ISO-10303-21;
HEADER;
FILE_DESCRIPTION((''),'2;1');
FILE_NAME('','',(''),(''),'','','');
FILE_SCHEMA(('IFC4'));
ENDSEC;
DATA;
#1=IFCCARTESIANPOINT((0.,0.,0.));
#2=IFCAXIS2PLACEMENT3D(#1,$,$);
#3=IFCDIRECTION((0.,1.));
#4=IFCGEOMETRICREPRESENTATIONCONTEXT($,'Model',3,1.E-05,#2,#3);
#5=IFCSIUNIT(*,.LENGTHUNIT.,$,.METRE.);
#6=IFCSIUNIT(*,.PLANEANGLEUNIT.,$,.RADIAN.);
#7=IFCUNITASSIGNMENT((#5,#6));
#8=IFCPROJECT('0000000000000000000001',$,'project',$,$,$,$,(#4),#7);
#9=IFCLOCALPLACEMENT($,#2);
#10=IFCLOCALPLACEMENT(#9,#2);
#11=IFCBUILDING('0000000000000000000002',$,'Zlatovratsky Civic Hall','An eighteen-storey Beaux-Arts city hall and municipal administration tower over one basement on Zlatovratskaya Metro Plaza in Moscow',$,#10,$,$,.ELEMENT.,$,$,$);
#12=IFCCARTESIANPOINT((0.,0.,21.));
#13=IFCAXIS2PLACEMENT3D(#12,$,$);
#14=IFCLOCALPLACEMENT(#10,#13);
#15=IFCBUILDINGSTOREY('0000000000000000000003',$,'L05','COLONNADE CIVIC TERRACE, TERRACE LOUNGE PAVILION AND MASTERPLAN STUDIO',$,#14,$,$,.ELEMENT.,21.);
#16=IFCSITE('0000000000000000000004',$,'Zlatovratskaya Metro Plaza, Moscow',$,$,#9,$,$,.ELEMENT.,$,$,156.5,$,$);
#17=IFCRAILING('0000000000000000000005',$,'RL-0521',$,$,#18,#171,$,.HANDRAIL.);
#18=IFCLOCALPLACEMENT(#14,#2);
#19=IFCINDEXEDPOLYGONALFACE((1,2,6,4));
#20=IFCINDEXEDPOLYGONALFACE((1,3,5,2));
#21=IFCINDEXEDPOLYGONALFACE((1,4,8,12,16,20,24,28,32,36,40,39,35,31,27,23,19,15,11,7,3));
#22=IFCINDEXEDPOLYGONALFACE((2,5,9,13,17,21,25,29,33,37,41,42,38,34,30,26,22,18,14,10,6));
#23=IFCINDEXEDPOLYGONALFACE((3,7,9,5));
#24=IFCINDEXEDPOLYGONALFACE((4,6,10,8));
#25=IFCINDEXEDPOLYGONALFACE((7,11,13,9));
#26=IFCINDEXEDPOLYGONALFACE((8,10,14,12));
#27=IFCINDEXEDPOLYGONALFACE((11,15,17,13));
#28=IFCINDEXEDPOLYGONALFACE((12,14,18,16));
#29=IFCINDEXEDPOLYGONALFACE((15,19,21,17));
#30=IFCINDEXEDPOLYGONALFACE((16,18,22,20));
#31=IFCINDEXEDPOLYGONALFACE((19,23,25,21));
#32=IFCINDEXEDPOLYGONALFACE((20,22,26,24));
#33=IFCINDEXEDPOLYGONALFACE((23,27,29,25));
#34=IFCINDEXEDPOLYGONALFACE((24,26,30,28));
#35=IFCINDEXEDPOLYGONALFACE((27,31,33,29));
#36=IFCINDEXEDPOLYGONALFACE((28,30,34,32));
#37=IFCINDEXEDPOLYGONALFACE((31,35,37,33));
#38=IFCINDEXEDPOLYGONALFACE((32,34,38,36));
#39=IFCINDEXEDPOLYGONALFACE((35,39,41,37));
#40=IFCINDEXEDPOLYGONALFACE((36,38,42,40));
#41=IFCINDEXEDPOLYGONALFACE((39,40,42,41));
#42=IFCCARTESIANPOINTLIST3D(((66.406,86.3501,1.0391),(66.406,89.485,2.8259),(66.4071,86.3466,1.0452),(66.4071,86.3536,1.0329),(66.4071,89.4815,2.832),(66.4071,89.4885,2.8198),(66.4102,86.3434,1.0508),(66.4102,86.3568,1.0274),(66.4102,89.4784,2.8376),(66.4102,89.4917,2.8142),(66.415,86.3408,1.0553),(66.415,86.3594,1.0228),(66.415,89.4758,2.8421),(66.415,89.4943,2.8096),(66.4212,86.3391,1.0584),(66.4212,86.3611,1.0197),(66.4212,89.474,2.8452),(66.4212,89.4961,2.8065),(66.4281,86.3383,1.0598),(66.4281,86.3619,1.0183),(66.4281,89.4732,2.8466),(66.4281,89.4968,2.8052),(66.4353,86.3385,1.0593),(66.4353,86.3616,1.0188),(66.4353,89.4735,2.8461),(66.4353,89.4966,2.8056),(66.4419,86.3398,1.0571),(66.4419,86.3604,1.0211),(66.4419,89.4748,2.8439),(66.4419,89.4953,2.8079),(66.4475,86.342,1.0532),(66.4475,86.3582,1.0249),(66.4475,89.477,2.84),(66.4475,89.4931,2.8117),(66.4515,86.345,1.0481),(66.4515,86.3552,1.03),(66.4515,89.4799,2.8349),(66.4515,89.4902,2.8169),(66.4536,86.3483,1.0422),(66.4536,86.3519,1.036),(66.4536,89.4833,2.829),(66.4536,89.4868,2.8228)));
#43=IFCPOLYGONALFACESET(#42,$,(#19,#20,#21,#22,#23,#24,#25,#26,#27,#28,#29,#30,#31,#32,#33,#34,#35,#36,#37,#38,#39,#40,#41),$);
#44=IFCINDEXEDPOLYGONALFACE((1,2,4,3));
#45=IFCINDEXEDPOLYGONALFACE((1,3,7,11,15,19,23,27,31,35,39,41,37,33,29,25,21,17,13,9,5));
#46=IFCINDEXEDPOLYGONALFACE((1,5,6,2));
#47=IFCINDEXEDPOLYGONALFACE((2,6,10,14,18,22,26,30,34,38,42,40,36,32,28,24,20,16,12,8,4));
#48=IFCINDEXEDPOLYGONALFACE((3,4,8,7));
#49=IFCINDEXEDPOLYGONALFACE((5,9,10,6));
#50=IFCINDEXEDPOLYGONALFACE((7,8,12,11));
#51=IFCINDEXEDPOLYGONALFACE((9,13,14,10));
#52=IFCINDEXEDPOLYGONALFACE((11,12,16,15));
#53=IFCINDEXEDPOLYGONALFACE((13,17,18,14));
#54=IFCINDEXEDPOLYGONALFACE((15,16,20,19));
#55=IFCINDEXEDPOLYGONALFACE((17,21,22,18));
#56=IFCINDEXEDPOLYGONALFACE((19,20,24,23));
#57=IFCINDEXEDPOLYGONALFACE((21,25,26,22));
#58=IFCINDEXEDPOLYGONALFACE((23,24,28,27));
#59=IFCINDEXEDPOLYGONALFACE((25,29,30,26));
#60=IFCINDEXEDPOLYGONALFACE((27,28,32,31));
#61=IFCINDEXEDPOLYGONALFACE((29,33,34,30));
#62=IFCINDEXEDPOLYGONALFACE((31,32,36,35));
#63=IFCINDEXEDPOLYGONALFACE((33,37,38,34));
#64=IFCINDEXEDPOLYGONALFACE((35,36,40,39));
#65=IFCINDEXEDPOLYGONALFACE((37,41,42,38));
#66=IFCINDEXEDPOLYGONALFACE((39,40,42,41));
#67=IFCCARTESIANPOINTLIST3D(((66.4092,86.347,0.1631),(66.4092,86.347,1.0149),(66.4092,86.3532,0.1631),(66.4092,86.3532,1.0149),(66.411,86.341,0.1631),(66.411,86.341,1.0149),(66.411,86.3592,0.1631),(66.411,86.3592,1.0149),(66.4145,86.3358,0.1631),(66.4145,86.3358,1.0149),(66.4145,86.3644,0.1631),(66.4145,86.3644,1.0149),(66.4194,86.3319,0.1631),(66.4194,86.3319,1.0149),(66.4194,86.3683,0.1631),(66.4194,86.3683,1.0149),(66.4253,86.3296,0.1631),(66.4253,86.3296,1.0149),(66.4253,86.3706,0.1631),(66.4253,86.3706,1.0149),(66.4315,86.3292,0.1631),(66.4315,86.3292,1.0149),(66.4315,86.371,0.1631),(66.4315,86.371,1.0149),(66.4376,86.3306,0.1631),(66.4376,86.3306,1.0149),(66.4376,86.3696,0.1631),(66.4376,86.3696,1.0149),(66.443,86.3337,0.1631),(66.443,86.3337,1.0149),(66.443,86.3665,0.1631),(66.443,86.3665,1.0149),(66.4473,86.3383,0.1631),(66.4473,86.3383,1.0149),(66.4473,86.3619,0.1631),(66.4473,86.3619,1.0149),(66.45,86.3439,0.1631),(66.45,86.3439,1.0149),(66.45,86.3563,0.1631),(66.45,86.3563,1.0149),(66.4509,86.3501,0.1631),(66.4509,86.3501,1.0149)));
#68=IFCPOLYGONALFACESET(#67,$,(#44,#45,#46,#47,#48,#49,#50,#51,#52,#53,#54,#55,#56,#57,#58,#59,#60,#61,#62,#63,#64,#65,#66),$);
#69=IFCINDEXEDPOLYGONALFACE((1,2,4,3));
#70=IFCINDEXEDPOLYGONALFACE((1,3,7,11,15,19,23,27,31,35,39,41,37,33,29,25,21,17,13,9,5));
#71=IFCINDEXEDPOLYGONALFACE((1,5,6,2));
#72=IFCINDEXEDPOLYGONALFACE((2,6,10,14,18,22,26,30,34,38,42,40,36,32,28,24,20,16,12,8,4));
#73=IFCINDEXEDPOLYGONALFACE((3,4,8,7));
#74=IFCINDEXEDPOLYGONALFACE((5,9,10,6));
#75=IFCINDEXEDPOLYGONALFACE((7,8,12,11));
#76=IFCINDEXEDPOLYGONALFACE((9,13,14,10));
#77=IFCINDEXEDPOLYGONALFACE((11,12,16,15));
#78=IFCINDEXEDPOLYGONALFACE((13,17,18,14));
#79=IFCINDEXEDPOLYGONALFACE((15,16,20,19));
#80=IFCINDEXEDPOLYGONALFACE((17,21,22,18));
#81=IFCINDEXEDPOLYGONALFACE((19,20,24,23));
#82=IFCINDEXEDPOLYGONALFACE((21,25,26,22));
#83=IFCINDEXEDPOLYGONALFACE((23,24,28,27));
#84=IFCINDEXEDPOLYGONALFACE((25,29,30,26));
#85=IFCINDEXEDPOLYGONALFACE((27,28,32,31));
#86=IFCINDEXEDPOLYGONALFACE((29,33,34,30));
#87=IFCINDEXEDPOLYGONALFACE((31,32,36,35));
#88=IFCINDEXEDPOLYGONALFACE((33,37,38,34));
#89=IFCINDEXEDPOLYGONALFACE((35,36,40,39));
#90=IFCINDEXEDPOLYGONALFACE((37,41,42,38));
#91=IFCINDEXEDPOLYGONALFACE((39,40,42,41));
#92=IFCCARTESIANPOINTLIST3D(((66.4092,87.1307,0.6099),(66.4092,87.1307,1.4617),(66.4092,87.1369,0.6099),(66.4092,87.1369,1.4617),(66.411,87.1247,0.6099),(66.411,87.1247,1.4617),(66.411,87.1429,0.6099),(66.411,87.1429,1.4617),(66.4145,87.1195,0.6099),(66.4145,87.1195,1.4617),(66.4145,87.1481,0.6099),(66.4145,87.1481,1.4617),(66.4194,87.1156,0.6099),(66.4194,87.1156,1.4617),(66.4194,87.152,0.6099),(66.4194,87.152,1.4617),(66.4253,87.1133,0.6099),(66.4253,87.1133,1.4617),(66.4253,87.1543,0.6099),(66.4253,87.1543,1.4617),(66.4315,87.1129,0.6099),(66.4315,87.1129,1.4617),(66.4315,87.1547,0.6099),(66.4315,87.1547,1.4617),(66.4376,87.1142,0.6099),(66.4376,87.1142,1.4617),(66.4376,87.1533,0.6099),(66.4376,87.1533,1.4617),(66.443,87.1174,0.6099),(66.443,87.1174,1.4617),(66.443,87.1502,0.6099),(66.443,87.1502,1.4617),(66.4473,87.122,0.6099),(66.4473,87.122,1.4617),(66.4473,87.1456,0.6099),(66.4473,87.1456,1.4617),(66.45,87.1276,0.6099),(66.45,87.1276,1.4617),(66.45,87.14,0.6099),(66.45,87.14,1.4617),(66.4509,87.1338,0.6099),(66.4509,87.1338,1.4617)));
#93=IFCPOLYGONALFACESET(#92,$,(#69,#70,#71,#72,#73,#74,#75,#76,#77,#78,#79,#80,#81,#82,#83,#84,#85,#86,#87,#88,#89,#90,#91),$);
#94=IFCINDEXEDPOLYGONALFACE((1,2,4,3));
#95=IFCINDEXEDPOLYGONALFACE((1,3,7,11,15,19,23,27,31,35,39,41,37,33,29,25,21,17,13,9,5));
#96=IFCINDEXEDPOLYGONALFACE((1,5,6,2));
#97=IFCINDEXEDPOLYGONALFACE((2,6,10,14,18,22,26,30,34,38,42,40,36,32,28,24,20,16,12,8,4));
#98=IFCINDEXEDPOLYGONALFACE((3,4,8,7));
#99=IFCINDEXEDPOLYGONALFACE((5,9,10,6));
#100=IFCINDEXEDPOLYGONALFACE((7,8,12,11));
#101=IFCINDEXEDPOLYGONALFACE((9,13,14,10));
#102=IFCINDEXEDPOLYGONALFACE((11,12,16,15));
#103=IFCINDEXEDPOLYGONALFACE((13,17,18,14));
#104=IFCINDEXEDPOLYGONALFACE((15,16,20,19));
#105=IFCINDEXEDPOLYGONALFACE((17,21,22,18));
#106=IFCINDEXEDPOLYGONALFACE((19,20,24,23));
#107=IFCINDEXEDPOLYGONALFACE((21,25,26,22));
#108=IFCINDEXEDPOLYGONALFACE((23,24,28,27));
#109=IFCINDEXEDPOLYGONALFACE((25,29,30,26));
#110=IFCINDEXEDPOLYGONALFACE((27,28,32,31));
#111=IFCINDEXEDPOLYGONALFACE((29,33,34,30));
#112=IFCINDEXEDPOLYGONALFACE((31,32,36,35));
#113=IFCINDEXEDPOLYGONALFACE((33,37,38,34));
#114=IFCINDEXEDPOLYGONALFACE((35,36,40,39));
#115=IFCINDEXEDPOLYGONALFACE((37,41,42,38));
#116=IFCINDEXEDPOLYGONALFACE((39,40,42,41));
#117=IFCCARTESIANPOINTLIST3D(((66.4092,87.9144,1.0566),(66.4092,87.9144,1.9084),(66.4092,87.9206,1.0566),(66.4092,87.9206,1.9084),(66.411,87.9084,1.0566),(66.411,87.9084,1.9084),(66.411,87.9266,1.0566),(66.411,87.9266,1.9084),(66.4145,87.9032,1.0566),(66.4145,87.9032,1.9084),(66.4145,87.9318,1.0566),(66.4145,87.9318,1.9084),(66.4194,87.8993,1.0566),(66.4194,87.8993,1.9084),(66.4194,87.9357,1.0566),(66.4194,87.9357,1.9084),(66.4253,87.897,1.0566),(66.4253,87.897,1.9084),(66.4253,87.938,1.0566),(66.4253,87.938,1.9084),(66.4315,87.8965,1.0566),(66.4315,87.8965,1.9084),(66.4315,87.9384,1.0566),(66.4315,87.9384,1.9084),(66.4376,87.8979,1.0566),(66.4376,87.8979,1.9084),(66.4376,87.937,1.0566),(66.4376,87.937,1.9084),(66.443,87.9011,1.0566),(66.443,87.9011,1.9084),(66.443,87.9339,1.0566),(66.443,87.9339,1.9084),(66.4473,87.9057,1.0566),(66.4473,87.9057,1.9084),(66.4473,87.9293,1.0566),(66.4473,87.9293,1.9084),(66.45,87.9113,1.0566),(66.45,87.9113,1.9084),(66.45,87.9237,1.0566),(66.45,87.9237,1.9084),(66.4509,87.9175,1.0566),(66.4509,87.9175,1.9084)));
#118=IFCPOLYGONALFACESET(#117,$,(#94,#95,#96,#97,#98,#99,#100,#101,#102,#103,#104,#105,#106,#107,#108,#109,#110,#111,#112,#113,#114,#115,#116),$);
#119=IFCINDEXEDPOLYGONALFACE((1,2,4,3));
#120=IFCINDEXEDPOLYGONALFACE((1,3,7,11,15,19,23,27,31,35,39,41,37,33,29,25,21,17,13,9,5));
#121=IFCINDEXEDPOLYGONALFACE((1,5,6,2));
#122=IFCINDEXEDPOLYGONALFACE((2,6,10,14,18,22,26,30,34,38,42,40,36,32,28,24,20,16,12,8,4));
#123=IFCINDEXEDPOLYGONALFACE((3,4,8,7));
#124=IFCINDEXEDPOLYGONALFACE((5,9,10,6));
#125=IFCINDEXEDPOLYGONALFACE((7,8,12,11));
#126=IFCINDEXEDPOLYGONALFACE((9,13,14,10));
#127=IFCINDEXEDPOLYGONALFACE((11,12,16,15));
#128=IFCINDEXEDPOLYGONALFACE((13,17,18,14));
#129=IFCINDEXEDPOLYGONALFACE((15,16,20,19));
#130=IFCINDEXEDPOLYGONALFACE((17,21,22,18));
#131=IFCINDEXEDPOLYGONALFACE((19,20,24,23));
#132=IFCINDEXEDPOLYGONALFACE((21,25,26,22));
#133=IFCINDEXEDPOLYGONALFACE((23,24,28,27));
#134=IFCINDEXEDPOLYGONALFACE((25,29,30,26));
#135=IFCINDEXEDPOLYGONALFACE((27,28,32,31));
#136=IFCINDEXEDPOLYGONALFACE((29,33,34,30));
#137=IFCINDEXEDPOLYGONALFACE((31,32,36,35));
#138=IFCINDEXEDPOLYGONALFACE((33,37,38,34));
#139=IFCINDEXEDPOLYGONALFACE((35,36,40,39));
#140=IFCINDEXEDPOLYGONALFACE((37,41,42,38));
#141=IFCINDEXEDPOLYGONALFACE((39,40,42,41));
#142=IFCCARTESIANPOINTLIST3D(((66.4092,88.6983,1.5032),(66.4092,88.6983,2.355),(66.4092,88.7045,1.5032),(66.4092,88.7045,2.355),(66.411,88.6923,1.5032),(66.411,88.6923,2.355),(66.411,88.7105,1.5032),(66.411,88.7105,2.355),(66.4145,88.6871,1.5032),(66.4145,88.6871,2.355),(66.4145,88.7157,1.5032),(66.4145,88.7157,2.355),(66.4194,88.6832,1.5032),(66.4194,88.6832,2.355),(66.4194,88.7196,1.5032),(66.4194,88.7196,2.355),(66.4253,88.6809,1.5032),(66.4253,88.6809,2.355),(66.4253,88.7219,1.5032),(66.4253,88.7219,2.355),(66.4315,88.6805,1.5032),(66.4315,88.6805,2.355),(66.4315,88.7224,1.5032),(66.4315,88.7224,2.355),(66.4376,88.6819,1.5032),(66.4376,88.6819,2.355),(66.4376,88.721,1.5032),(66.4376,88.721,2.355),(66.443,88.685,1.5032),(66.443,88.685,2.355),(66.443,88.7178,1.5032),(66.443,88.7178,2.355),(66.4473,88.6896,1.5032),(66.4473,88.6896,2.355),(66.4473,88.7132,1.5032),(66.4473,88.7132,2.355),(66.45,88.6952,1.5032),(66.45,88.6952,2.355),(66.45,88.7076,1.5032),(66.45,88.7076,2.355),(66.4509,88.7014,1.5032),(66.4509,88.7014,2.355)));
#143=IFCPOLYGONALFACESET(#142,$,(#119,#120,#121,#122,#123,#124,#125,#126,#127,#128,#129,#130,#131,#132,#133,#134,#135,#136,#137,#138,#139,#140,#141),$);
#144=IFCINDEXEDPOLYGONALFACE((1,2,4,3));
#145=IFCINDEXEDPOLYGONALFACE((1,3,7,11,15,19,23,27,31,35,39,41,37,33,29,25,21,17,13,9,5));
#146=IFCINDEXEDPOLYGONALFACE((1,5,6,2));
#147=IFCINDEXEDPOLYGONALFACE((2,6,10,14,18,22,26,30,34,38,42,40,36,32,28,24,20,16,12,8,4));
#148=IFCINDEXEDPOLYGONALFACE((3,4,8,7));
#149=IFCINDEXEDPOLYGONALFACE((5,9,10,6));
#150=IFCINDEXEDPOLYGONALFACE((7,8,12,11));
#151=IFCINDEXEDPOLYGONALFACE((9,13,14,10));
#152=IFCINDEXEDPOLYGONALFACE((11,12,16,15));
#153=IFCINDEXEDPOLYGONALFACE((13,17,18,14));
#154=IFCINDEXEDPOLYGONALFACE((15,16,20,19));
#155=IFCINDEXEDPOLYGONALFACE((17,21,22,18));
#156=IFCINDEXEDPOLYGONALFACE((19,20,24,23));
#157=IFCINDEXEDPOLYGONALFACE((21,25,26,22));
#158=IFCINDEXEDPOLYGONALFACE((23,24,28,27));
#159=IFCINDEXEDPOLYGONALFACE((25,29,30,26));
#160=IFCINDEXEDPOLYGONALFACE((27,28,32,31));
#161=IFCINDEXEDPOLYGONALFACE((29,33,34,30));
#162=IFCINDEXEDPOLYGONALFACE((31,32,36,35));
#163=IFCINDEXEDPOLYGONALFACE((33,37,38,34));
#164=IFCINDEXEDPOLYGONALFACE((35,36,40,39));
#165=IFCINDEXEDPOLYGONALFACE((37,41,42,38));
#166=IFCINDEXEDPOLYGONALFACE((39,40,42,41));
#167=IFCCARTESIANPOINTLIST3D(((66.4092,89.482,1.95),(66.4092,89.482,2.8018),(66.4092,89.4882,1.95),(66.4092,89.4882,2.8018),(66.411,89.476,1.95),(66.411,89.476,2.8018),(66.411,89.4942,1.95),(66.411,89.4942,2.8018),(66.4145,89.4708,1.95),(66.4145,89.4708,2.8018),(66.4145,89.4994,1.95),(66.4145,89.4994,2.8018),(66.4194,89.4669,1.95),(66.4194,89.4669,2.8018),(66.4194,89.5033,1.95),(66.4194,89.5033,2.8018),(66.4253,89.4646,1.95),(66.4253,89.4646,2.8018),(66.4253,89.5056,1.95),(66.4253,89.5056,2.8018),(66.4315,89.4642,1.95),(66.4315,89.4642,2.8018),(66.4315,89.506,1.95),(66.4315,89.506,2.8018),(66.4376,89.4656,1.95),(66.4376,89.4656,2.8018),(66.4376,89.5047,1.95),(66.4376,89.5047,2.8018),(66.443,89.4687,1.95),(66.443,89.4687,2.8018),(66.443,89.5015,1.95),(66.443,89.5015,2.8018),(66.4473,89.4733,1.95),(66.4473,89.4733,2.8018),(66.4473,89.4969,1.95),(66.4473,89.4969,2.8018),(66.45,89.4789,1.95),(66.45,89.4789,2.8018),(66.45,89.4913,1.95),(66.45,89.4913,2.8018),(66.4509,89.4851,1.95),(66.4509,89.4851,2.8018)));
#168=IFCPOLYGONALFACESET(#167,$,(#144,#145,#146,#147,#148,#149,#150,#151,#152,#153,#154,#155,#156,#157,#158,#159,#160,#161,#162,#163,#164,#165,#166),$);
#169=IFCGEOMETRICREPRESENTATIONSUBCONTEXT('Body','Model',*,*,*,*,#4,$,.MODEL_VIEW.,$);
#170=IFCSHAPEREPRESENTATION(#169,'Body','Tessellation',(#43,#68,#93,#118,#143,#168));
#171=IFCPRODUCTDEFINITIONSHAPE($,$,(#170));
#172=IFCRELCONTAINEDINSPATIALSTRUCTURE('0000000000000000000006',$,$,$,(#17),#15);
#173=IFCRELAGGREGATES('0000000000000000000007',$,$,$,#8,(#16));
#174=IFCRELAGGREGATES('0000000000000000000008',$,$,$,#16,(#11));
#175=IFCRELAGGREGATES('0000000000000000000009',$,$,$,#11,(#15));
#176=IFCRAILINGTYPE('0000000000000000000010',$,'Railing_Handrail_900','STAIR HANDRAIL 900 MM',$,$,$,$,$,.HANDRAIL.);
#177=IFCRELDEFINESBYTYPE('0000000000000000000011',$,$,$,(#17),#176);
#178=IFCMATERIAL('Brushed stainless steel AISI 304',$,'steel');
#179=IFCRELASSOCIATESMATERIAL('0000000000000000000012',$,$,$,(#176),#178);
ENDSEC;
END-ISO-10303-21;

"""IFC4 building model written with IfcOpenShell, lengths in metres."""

from ifc_helpers import new_model, si_unit, direction, frame, origin, origin_2d, place, context, subcontext, project, spatial, circle, extrude, material, type_object, element, save


model = new_model("IFC4")

# Units and contexts
model_context = context("Model", 3, precision=1e-05, world=origin(), true_north=direction((0.0, 1.0)))
body_context = subcontext(model_context, "Body", "Model", "MODEL_VIEW")
ifc_project = project(units=[si_unit("LENGTHUNIT", "METRE"), si_unit("PLANEANGLEUNIT", "RADIAN")], contexts=[model_context])

# Site, building, storey
site_placement = place(None, origin())
site = spatial("IfcSite", under=ifc_project, at=site_placement, Name="Zlatovratskaya Metro Plaza, Moscow", CompositionType="ELEMENT", RefElevation=156.5)
building_placement = place(site_placement, origin())
building = spatial("IfcBuilding", under=site, at=building_placement, Name="Zlatovratsky Civic Hall", Description="An eighteen-storey Beaux-Arts city hall and municipal administration tower over one basement on Zlatovratskaya Metro Plaza in Moscow", CompositionType="ELEMENT")
storey_placement = place(building_placement, frame((0.0, 0.0, 21.0)))
storey = spatial("IfcBuildingStorey", under=building, at=storey_placement, Name="L05", Description="COLONNADE CIVIC TERRACE, TERRACE LOUNGE PAVILION AND MASTERPLAN STUDIO", CompositionType="ELEMENT", Elevation=21.0)

# Railing
ifc_material_1 = material(Name="Brushed stainless steel AISI 304", Category="steel")
railing_type_1 = type_object("IfcRailingType", Name="Railing_Handrail_900", Description="STAIR HANDRAIL 900 MM", PredefinedType="HANDRAIL", material=ifc_material_1)
railing_1_placement = place(storey_placement, frame((66.4299, 86.3501, 0.1631)))
element("IfcRailing", 1, at=railing_1_placement, inside=storey, type_object=railing_type_1, Name="RL-0521", PredefinedType="HANDRAIL", context=body_context, shape_type="SweptSolid", body=[
    extrude(circle(Radius=0.0239, at=origin_2d()), frame((0.0, 0.0, 0.876), z_axis=(0.0, 0.868788, 0.495184), x_axis=(-1.0, 0.0, 0.0)), (0.0, 0.0, 1.0), 3.6084),
    extrude(circle(Radius=0.021, at=origin_2d()), origin(), (0.0, 0.0, 1.0), 0.8518),
    extrude(circle(Radius=0.021, at=origin_2d()), frame((0.0, 0.7837, 0.4468)), (0.0, 0.0, 1.0), 0.8518),
    extrude(circle(Radius=0.021, at=origin_2d()), frame((0.0, 1.5674, 0.8936)), (0.0, 0.0, 1.0), 0.8518),
    extrude(circle(Radius=0.021, at=origin_2d()), frame((0.0, 2.3513, 1.3401)), (0.0, 0.0, 1.0), 0.8518),
    extrude(circle(Radius=0.021, at=origin_2d()), frame((0.0, 3.135, 1.7869)), (0.0, 0.0, 1.0), 0.8518),
])

save(model, "model.ifc")
